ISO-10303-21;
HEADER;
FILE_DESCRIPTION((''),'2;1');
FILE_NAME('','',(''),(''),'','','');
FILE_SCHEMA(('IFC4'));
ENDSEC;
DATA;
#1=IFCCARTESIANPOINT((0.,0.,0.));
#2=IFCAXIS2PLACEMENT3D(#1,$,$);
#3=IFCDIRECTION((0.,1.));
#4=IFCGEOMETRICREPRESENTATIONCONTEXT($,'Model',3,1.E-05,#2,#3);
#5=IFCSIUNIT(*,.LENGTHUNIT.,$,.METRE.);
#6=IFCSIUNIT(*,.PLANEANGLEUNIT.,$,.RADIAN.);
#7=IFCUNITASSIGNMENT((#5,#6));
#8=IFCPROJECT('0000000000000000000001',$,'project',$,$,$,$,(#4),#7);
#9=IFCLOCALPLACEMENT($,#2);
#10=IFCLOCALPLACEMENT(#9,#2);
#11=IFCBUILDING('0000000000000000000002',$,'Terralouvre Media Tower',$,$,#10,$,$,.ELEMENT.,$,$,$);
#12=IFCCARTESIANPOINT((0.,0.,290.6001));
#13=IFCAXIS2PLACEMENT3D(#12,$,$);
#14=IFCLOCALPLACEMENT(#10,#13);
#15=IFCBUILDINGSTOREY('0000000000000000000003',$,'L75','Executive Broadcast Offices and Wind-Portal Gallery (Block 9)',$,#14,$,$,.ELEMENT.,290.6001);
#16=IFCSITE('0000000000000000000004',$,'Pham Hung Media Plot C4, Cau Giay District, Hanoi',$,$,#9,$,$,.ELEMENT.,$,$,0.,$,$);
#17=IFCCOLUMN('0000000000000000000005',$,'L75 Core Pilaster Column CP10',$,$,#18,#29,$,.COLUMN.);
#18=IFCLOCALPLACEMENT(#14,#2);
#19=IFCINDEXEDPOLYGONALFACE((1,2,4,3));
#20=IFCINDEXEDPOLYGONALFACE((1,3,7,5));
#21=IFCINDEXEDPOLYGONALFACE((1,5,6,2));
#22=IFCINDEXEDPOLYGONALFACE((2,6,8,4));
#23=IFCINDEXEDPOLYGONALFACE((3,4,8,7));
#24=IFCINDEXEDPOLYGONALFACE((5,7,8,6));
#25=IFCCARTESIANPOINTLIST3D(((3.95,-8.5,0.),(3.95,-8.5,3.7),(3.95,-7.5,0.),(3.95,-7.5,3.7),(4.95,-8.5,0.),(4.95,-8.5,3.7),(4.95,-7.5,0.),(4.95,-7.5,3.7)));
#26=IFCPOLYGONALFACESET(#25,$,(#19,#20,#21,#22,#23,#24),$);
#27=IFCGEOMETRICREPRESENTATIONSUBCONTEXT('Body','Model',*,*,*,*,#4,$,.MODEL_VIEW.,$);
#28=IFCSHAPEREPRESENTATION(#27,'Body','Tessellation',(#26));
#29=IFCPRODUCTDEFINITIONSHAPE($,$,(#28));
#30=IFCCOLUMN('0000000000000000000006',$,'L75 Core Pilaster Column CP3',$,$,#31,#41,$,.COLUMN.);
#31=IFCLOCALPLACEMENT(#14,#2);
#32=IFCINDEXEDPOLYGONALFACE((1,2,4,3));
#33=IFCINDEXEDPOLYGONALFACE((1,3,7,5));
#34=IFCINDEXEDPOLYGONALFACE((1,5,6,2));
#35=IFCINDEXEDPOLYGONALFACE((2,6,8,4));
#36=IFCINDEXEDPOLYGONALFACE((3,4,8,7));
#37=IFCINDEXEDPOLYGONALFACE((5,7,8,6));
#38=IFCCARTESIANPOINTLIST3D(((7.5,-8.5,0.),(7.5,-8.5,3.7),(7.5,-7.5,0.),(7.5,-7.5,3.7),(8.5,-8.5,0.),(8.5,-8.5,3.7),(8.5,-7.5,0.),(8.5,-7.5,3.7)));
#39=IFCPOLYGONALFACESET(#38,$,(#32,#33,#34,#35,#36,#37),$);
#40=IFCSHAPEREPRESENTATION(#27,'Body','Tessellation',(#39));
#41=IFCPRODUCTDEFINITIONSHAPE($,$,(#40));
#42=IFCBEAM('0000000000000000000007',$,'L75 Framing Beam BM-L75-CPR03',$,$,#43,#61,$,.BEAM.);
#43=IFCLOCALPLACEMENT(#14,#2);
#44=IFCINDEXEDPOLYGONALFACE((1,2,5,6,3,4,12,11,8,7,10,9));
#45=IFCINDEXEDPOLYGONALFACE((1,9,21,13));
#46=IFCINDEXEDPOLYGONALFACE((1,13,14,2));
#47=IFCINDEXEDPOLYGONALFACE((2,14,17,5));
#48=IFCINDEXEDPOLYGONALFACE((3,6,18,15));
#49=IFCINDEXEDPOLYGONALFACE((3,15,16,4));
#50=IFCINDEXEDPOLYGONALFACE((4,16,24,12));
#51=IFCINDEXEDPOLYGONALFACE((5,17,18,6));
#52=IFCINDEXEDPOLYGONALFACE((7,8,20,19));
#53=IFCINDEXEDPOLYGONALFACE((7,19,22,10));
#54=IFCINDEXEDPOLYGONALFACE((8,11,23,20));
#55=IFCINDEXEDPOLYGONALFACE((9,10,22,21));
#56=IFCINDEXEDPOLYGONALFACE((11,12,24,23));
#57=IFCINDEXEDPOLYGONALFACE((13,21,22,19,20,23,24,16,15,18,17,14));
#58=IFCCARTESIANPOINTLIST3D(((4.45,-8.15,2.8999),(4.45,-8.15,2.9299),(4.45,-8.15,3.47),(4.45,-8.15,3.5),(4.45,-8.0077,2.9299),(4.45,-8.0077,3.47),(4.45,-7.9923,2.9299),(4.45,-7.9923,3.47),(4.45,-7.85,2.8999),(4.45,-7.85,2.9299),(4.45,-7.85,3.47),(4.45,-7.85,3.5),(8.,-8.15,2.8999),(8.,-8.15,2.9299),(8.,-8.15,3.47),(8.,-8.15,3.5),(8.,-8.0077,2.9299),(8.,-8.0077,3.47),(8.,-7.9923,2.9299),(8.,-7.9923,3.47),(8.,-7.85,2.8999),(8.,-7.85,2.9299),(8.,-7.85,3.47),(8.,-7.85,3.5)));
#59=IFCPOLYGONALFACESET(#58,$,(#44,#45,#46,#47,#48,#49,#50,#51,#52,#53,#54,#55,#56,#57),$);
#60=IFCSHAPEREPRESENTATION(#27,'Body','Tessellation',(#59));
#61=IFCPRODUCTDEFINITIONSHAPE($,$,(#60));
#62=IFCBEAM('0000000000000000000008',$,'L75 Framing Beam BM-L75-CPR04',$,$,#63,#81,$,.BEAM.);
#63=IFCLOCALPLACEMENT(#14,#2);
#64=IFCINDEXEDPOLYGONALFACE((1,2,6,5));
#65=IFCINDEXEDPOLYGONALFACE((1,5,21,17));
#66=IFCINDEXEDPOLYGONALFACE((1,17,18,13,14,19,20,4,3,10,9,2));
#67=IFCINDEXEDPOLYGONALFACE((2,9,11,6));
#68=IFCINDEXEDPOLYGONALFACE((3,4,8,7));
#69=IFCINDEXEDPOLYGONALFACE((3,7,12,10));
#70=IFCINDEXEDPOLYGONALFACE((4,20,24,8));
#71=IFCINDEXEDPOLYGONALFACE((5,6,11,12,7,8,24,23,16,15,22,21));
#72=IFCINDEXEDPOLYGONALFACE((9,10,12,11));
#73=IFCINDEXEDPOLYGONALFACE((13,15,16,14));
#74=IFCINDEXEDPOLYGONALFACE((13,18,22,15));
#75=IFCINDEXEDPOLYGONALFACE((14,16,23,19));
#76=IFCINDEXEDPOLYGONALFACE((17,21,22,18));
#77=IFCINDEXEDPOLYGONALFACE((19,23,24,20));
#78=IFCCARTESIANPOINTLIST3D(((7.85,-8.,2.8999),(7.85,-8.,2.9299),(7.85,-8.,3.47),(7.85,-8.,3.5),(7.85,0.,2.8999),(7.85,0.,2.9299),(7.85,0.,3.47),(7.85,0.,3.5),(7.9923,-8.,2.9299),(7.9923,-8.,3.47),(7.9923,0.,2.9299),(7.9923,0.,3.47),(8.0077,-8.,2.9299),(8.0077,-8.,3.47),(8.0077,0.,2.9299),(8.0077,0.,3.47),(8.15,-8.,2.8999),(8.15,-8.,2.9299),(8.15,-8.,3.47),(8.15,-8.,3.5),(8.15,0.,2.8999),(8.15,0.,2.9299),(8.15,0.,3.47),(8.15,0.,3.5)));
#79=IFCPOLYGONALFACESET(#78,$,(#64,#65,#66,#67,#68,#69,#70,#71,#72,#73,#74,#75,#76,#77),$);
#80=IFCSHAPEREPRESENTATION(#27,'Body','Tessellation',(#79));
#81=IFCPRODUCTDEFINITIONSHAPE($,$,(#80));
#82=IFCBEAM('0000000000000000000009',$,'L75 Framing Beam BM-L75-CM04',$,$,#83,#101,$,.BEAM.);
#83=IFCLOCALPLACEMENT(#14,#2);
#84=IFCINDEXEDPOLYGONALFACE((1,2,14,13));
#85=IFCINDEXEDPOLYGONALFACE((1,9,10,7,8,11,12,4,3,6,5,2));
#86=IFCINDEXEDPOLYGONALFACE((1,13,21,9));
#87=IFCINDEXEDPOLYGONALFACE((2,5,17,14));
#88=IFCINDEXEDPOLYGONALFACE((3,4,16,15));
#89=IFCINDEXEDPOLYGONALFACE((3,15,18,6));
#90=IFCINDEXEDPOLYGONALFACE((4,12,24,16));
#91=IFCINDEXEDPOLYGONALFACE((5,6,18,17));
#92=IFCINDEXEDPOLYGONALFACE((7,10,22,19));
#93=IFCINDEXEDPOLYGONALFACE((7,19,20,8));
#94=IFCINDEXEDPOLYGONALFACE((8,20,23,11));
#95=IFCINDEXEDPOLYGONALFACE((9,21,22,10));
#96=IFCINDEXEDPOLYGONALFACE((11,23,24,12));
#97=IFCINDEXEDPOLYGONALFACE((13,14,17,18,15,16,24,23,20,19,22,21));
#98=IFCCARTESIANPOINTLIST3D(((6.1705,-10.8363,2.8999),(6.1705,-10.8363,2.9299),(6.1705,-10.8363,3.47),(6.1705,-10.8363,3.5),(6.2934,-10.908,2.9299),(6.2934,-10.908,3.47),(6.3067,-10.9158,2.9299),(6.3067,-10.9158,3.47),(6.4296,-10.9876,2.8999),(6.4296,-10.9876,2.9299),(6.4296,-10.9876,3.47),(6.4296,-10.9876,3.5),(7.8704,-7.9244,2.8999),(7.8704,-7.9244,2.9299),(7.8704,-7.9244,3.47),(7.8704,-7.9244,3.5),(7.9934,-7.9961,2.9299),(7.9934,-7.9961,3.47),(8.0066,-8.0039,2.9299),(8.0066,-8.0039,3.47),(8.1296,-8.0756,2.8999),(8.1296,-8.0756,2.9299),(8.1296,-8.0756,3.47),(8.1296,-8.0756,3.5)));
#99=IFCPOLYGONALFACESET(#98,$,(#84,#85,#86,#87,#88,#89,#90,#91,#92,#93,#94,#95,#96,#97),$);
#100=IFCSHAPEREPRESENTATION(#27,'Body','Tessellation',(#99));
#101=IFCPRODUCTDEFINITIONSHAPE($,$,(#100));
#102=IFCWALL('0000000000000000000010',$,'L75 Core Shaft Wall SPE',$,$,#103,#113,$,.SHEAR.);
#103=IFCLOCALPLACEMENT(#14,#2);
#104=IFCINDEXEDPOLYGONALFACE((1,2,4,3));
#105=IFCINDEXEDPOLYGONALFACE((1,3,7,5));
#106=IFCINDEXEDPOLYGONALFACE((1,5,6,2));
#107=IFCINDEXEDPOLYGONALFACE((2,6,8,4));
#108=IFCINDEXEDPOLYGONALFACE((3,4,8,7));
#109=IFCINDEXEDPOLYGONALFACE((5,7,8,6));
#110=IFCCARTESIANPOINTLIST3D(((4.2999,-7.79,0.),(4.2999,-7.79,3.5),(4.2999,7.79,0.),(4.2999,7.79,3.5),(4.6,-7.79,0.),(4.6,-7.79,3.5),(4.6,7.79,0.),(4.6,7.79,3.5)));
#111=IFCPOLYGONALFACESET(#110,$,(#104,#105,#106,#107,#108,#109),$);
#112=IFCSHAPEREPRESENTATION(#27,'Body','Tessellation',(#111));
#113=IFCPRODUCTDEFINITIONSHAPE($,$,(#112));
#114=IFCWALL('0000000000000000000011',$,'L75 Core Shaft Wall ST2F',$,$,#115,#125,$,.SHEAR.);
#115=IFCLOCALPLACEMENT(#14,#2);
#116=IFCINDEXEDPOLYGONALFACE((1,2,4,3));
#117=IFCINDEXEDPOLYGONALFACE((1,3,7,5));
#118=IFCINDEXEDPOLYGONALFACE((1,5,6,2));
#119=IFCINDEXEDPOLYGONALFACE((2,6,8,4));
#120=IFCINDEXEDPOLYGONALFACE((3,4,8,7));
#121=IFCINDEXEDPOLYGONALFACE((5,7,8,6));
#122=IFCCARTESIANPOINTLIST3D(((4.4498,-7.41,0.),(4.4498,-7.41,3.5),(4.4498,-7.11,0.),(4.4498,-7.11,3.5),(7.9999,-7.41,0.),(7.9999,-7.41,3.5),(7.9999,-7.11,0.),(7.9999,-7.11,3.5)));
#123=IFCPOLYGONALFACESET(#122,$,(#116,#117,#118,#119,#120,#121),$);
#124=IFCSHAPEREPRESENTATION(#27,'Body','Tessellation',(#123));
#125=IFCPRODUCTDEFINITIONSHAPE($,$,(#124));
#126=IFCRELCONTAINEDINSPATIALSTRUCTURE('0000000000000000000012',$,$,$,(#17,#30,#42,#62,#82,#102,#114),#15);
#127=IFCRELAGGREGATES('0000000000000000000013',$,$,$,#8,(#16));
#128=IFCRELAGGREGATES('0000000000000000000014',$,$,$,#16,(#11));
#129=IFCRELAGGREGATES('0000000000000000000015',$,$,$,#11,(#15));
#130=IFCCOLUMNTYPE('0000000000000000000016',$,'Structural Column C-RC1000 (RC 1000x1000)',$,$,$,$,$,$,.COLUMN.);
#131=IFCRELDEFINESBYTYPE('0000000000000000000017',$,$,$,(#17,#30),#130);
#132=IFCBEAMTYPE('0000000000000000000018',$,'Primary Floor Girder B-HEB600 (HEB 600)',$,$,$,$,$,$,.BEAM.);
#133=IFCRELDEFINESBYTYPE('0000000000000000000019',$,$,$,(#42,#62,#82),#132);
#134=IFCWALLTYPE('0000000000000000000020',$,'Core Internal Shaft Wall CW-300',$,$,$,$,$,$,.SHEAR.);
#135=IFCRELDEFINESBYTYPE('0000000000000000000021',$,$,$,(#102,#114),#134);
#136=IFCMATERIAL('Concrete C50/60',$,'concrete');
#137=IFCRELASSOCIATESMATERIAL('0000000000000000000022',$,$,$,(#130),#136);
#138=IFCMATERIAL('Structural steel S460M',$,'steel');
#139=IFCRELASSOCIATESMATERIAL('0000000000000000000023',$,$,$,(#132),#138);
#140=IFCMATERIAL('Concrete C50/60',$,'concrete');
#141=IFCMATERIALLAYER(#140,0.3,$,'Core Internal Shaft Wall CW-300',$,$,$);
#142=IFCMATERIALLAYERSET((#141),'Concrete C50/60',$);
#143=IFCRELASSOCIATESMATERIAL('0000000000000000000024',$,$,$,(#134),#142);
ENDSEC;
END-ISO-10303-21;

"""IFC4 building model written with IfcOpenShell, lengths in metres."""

from ifc_helpers import new_model, si_unit, direction, frame, frame_2d, origin, origin_2d, place, context, subcontext, project, spatial, rectangle, i_section, extrude, material, layer, layer_set, material_profile, profile_set, type_object, element, save


model = new_model("IFC4")

# Units and contexts
model_context = context("Model", 3, precision=1e-05, world=origin(), true_north=direction((0.0, 1.0)))
body_context = subcontext(model_context, "Body", "Model", "MODEL_VIEW")
ifc_project = project(units=[si_unit("LENGTHUNIT", "METRE"), si_unit("PLANEANGLEUNIT", "RADIAN")], contexts=[model_context])

# Site, building, storey
site_placement = place(None, origin())
site = spatial("IfcSite", under=ifc_project, at=site_placement, Name="Pham Hung Media Plot C4, Cau Giay District, Hanoi", CompositionType="ELEMENT", RefElevation=0.0)
building_placement = place(site_placement, origin())
building = spatial("IfcBuilding", under=site, at=building_placement, Name="Terralouvre Media Tower", CompositionType="ELEMENT")
storey_placement = place(building_placement, frame((0.0, 0.0, 290.6001)))
storey = spatial("IfcBuildingStorey", under=building, at=storey_placement, Name="L75", Description="Executive Broadcast Offices and Wind-Portal Gallery (Block 9)", CompositionType="ELEMENT", Elevation=290.6001)

# Columns
ifc_material_1 = material(Name="Concrete C50/60", Category="concrete")
ifc_material_profile_1 = material_profile(ifc_material_1, rectangle(XDim=1.0, YDim=1.0, at=origin_2d()), Name="RC 1000x1000")
ifc_profile_set_1 = profile_set([ifc_material_profile_1], Name="Concrete C50/60")
column_type = type_object("IfcColumnType", Name="Structural Column C-RC1000 (RC 1000x1000)", PredefinedType="COLUMN", material=ifc_profile_set_1)
for number, where, z_axis, x_axis, name in (
    (1, (4.45, -8.0, 0.0), (0.0, 0.0, 1.0), (1.0, 0.0, 0.0), "L75 Core Pilaster Column CP10"),
    (2, (8.0, -8.0, 0.0), (0.0, 0.0, 1.0), (1.0, 0.0, 0.0), "L75 Core Pilaster Column CP3"),
):
    element("IfcColumn", number, at=place(storey_placement, frame(where, z_axis=z_axis, x_axis=x_axis)), inside=storey, type_object=column_type, Name=name, PredefinedType="COLUMN", context=body_context, shape_type="SweptSolid", body=[
        extrude(rectangle(XDim=1.0, YDim=1.0, at=origin_2d()), origin(), (0.0, 0.0, 1.0), 3.7),
    ])

# Beams
ifc_material_2 = material(Name="Structural steel S460M", Category="steel")
ifc_material_profile_2 = material_profile(ifc_material_2, i_section(OverallWidth=0.3, OverallDepth=0.6001, WebThickness=0.0154, FlangeThickness=0.03, at=origin_2d()), Name="HEB 600")
ifc_profile_set_2 = profile_set([ifc_material_profile_2], Name="Structural steel S460M")
beam_type = type_object("IfcBeamType", Name="Primary Floor Girder B-HEB600 (HEB 600)", PredefinedType="BEAM", material=ifc_profile_set_2)
beam_1_placement = place(storey_placement, frame((4.45, -8.0, 3.2), z_axis=(1.0, 0.0, 0.0), x_axis=(0.0, 1.0, 0.0)))
element("IfcBeam", 3, at=beam_1_placement, inside=storey, type_object=beam_type, Name="L75 Framing Beam BM-L75-CPR03", PredefinedType="BEAM", context=body_context, shape_type="SweptSolid", body=[
    extrude(i_section(OverallWidth=0.3, OverallDepth=0.6001, WebThickness=0.0154, FlangeThickness=0.03, at=origin_2d()), origin(), (0.0, 0.0, 1.0), 3.55),
])
beam_2_placement = place(storey_placement, frame((8.0, -8.0, 3.2), z_axis=(0.0, 1.0, 0.0), x_axis=(-1.0, 0.0, 0.0)))
element("IfcBeam", 4, at=beam_2_placement, inside=storey, type_object=beam_type, Name="L75 Framing Beam BM-L75-CPR04", PredefinedType="BEAM", context=body_context, shape_type="SweptSolid", body=[
    extrude(i_section(OverallWidth=0.3, OverallDepth=0.6001, WebThickness=0.0154, FlangeThickness=0.03, at=origin_2d()), origin(), (0.0, 0.0, 1.0), 8.0),
])
beam_3_placement = place(storey_placement, frame((8.0, -8.0, 3.2), z_axis=(-0.504173, -0.863603, 0.0), x_axis=(0.863603, -0.504173, 0.0)))
element("IfcBeam", 5, at=beam_3_placement, inside=storey, type_object=beam_type, Name="L75 Framing Beam BM-L75-CM04", PredefinedType="BEAM", context=body_context, shape_type="SweptSolid", body=[
    extrude(i_section(OverallWidth=0.3, OverallDepth=0.6001, WebThickness=0.0154, FlangeThickness=0.03, at=origin_2d()), origin(), (0.0, 0.0, 1.0), 3.3718),
])

# Wall
ifc_material_3 = material(Name="Concrete C50/60", Category="concrete")
ifc_layer_1 = layer(ifc_material_3, 0.3, Name="Core Internal Shaft Wall CW-300")
ifc_layer_set_1 = layer_set([ifc_layer_1], Name="Concrete C50/60")
wall_type = type_object("IfcWallType", Name="Core Internal Shaft Wall CW-300", PredefinedType="SHEAR", material=ifc_layer_set_1)
wall_1_placement = place(storey_placement, frame((4.45, -7.79, 0.0), z_axis=(0.0, 0.0, 1.0), x_axis=(0.0, 1.0, 0.0)))
element("IfcWall", 6, at=wall_1_placement, inside=storey, type_object=wall_type, Name="L75 Core Shaft Wall SPE", PredefinedType="SHEAR", context=body_context, shape_type="SweptSolid", body=[
    extrude(rectangle(XDim=15.5801, YDim=0.3, at=frame_2d((7.79, 0.0))), origin(), (0.0, 0.0, 1.0), 3.5),
])

# Wall
wall_2_placement = place(storey_placement, frame((4.45, -7.26, 0.0), z_axis=(0.0, 0.0, 1.0), x_axis=(1.0, 0.0, 0.0)))
element("IfcWall", 7, at=wall_2_placement, inside=storey, type_object=wall_type, Name="L75 Core Shaft Wall ST2F", PredefinedType="SHEAR", context=body_context, shape_type="SweptSolid", body=[
    extrude(rectangle(XDim=3.55, YDim=0.3, at=frame_2d((1.7749, 0.0))), origin(), (0.0, 0.0, 1.0), 3.5),
])

save(model, "model.ifc")
